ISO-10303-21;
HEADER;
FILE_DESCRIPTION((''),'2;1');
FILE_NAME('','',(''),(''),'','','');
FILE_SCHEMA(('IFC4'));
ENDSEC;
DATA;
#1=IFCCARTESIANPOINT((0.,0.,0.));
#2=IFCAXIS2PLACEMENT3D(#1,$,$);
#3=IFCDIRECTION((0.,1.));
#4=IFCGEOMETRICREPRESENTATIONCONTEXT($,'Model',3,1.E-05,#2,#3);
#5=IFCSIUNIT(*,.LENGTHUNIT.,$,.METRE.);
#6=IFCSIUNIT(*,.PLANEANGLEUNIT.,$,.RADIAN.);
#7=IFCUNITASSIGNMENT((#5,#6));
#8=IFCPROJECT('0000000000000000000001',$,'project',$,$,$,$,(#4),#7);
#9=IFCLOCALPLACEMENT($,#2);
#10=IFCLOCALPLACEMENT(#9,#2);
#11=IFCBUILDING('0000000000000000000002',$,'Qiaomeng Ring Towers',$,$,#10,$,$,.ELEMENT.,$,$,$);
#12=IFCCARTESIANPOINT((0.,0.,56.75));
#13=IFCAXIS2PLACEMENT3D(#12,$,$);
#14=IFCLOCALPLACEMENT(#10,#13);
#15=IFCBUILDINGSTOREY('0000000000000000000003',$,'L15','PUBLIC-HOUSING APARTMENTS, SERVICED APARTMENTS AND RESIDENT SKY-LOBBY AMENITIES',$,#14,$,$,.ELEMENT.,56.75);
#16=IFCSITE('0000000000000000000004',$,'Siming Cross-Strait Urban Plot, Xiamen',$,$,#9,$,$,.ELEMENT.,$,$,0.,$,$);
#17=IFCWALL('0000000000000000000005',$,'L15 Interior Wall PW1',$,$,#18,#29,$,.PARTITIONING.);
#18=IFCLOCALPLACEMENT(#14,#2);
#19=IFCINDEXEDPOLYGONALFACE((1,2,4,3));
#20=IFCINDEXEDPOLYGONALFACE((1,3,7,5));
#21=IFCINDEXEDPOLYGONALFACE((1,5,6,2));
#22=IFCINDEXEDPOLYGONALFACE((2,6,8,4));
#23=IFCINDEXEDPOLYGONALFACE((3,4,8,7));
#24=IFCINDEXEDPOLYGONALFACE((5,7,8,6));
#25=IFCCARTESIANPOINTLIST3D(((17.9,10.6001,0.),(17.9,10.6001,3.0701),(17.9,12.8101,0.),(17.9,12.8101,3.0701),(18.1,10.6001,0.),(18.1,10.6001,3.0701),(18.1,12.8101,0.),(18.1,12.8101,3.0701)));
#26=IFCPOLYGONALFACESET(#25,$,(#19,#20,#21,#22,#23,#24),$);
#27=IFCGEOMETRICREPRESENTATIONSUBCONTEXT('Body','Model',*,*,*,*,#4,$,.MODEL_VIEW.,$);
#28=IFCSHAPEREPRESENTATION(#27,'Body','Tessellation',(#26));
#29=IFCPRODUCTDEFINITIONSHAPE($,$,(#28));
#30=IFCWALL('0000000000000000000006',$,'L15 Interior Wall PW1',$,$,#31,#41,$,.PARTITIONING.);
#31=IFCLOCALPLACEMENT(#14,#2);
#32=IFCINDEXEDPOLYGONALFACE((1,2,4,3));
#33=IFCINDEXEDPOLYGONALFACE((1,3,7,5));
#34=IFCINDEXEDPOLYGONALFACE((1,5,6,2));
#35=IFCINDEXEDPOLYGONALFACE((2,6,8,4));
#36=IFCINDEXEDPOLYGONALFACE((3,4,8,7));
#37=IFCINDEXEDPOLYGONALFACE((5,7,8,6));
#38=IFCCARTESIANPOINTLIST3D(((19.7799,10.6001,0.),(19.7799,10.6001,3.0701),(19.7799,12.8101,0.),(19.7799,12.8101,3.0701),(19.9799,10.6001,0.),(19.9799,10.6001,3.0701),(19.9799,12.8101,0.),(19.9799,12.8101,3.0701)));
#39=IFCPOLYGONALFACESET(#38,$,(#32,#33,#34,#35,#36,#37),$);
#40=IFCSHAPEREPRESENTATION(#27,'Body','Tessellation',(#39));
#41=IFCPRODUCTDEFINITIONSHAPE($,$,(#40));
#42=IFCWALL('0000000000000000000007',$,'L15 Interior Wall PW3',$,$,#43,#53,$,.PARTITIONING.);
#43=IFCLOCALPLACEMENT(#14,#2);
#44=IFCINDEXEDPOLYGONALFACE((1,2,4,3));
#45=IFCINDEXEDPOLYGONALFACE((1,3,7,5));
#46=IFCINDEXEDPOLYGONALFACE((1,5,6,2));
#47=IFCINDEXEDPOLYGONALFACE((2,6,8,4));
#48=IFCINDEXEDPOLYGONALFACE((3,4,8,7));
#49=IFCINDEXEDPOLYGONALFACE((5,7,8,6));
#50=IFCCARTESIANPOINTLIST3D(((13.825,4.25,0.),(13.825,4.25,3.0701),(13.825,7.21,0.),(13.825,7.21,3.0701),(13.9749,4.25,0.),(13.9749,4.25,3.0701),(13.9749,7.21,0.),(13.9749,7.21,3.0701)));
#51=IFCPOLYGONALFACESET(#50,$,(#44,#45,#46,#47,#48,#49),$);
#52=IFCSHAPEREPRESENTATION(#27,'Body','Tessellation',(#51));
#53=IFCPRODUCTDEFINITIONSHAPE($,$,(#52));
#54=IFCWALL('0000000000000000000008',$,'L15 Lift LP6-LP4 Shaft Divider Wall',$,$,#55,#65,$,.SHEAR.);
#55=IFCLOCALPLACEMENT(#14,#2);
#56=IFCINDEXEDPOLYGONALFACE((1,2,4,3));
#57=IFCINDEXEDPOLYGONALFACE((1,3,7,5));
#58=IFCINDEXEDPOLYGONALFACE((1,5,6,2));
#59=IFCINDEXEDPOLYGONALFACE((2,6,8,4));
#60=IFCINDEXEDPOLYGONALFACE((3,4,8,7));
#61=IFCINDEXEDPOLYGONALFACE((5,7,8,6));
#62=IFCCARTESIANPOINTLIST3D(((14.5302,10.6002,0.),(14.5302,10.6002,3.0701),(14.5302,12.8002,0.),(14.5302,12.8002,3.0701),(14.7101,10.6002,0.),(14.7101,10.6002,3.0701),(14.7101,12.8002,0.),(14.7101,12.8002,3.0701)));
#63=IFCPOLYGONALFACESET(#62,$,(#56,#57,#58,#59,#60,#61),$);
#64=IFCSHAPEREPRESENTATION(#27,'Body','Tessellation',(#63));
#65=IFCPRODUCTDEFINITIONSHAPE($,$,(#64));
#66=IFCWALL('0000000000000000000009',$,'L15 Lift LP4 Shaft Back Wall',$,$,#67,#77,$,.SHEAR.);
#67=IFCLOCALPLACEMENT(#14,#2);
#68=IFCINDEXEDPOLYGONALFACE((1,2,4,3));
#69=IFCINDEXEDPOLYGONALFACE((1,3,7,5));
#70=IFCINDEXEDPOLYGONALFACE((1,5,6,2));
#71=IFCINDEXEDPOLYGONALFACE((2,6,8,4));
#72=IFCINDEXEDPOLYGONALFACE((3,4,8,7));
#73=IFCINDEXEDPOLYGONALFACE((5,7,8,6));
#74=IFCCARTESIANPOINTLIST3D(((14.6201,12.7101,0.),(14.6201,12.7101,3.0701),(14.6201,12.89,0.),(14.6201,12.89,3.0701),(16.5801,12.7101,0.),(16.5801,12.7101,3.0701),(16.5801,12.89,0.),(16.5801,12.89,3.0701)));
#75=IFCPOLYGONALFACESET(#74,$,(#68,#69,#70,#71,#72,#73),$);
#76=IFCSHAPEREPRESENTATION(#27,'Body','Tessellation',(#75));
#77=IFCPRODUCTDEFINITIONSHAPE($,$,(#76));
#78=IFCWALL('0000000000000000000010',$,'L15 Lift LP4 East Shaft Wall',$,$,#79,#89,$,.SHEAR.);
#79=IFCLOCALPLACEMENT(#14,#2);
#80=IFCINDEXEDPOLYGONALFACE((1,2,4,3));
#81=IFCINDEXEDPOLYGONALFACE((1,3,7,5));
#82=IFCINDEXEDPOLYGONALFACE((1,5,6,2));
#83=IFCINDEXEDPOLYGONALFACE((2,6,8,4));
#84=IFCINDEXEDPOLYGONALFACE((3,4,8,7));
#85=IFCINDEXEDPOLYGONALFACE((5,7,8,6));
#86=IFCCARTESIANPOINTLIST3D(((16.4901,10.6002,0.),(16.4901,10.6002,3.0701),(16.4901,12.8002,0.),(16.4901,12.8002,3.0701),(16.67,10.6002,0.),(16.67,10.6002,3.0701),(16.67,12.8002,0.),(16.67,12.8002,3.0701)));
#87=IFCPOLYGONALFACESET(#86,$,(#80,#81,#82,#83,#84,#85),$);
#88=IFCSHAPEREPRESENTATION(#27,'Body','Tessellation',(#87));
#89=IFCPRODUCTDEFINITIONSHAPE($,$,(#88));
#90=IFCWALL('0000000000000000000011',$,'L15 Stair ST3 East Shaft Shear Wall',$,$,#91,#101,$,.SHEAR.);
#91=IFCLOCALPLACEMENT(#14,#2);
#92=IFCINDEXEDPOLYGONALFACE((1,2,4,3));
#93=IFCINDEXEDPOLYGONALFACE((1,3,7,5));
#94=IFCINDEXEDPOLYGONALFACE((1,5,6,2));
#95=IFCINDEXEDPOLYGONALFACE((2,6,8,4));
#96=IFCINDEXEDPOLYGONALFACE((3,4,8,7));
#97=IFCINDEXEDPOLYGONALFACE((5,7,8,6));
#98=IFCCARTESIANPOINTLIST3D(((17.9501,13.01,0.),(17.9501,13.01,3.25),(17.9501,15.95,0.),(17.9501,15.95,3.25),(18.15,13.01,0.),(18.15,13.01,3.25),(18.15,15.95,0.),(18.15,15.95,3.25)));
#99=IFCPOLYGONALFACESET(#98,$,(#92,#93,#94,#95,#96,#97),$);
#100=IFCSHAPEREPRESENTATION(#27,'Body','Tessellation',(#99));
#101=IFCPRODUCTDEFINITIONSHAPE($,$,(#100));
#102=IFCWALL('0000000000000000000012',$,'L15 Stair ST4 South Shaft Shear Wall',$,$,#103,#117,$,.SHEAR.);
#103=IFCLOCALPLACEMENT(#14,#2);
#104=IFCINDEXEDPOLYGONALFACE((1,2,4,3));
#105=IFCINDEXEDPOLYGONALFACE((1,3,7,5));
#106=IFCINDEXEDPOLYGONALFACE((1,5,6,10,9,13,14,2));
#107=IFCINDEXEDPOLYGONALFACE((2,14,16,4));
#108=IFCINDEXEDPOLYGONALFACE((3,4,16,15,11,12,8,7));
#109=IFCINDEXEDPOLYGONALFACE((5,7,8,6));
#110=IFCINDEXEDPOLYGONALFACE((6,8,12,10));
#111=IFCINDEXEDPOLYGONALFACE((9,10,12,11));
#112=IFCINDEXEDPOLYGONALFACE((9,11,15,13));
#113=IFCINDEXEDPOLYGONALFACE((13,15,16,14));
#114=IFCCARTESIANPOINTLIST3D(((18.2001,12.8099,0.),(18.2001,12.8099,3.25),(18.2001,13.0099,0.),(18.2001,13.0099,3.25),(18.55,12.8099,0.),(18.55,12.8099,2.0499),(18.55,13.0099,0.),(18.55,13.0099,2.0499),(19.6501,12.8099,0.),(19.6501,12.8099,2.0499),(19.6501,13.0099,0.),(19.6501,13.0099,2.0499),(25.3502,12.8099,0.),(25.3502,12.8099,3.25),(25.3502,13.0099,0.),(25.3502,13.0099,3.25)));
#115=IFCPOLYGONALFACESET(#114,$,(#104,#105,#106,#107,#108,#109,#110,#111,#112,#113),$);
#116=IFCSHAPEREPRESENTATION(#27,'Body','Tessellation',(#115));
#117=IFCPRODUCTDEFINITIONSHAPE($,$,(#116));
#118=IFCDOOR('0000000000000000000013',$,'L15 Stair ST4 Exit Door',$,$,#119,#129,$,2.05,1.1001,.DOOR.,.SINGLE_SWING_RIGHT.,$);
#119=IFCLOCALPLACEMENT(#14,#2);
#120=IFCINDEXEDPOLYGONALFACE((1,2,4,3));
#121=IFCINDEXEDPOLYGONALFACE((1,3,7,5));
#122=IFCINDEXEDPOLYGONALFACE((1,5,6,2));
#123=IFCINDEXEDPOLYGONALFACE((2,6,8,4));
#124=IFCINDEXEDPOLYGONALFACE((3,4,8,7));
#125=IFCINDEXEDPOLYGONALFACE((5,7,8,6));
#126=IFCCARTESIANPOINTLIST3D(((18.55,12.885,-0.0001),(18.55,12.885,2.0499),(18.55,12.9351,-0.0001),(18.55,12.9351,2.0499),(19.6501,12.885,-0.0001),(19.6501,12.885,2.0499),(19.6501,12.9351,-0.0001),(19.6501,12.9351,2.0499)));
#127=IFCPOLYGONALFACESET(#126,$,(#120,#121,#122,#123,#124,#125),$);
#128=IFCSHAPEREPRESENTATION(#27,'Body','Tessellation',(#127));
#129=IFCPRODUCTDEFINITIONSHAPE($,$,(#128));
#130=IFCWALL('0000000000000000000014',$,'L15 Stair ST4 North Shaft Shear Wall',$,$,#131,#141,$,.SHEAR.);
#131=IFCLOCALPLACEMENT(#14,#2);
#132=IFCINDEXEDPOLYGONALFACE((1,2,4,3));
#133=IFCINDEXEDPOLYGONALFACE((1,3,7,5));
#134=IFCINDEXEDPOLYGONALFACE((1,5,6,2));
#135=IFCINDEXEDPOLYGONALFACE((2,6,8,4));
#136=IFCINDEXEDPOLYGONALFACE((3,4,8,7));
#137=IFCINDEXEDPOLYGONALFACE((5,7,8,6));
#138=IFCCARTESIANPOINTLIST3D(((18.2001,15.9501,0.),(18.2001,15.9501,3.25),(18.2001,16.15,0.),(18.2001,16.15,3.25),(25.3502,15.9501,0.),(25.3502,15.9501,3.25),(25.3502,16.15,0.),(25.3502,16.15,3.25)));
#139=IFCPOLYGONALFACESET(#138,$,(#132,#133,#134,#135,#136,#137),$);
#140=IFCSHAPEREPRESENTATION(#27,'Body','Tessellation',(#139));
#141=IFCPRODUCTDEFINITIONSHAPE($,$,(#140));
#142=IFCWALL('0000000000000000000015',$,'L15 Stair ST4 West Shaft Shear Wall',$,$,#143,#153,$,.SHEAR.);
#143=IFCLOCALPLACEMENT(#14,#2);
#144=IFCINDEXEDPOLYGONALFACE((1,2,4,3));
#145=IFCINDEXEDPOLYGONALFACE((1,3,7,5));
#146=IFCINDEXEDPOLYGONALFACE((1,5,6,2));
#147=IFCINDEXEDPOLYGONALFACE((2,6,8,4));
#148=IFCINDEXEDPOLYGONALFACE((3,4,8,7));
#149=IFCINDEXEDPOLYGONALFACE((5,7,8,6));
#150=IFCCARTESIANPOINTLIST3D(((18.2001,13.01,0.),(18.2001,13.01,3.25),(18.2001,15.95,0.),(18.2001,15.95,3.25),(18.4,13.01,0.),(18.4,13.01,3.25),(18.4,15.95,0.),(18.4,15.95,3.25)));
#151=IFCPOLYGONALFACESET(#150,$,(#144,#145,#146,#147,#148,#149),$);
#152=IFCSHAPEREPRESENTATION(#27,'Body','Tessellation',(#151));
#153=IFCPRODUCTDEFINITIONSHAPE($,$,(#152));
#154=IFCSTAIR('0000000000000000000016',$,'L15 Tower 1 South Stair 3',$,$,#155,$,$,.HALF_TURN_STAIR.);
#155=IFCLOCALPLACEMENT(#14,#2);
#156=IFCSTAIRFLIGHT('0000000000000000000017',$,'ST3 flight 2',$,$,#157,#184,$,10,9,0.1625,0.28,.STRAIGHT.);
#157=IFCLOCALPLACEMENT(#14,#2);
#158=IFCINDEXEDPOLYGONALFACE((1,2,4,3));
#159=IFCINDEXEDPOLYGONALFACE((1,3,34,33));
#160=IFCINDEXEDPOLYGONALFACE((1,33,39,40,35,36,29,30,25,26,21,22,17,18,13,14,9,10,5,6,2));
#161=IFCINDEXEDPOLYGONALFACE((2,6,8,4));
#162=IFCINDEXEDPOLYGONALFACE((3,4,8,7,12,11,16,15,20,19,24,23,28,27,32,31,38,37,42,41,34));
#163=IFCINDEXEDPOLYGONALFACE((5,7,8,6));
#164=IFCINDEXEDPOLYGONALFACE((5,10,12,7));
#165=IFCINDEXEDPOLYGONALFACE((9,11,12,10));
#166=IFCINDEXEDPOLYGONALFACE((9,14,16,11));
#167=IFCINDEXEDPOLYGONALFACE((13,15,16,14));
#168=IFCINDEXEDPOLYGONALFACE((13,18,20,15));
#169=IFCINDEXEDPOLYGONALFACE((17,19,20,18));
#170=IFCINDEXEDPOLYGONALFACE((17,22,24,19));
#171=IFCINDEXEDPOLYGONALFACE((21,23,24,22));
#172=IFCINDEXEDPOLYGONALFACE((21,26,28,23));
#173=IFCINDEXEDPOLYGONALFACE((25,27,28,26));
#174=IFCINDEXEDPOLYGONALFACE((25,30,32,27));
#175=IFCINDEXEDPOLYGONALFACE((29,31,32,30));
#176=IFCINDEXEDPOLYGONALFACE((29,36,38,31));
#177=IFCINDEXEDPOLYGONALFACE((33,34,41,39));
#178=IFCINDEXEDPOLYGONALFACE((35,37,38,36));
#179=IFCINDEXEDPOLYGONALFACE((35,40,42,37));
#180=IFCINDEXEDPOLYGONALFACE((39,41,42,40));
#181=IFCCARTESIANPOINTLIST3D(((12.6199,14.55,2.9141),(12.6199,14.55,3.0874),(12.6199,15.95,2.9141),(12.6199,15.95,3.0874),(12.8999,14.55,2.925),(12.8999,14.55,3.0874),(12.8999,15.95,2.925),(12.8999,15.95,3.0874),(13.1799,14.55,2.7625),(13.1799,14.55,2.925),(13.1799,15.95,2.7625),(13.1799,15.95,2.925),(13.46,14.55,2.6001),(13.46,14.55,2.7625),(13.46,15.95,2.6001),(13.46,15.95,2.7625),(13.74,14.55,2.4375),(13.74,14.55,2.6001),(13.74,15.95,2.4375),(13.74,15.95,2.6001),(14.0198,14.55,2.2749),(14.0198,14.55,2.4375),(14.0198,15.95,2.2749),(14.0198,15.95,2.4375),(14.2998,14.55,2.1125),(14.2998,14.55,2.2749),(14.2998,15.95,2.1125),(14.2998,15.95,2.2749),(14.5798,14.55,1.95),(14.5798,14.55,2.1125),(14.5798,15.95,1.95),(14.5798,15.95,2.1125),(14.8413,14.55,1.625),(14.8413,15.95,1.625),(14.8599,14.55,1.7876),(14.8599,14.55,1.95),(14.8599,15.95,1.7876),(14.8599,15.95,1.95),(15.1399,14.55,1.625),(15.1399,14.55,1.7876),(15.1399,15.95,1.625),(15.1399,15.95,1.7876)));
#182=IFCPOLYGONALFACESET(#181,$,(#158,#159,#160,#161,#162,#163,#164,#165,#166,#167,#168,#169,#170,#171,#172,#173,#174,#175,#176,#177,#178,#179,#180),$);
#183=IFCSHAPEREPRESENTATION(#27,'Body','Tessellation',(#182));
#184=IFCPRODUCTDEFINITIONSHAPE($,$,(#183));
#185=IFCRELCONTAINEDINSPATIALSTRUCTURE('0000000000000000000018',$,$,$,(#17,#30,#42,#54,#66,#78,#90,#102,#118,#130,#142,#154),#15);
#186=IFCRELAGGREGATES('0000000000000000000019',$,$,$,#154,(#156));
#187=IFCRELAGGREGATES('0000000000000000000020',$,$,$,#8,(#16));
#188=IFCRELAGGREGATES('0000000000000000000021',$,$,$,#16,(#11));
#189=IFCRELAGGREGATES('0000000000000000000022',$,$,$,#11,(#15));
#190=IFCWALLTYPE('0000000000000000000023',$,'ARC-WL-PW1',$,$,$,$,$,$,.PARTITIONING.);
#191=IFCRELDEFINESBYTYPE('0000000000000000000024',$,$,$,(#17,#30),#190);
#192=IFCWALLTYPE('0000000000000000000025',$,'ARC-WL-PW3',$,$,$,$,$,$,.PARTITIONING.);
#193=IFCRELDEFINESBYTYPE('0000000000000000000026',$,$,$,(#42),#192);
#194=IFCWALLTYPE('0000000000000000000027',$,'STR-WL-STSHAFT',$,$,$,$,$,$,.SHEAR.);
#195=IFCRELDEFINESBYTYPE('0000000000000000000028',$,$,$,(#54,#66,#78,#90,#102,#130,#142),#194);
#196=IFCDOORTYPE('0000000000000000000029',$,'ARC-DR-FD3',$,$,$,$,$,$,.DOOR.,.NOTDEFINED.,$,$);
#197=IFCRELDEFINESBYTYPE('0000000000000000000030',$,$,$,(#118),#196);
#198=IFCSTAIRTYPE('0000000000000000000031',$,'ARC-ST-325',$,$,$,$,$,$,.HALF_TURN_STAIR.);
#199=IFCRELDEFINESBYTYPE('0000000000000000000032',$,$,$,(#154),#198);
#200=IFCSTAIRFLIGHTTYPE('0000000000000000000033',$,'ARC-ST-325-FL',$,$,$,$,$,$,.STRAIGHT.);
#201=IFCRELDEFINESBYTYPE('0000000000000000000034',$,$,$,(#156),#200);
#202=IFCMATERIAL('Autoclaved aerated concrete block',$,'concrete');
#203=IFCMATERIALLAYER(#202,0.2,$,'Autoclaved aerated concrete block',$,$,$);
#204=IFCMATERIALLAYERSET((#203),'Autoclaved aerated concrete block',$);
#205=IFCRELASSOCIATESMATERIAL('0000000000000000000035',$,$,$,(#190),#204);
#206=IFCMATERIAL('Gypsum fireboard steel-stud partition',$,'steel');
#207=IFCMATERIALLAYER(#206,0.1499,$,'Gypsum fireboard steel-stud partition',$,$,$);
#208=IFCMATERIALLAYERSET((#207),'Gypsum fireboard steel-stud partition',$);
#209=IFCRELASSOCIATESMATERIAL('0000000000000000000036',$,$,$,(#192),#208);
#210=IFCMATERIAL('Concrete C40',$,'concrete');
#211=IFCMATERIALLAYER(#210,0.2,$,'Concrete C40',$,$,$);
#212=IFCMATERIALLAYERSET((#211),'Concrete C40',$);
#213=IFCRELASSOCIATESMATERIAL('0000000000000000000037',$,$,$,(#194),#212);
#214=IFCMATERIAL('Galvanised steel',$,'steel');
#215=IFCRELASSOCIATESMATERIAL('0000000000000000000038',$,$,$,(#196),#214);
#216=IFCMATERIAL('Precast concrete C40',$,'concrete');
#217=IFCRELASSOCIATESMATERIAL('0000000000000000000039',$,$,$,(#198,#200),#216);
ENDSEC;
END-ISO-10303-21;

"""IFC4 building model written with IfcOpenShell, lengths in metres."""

from ifc_helpers import new_model, si_unit, direction, frame, frame_2d, origin, place, context, subcontext, project, spatial, polyline, rectangle, outline, extrude, source, transform, mapped, material, layer, layer_set, type_object, element, fill, aggregate, save


model = new_model("IFC4")

# Units and contexts
model_context = context("Model", 3, precision=1e-05, world=origin(), true_north=direction((0.0, 1.0)))
body_context = subcontext(model_context, "Body", "Model", "MODEL_VIEW")
ifc_project = project(units=[si_unit("LENGTHUNIT", "METRE"), si_unit("PLANEANGLEUNIT", "RADIAN")], contexts=[model_context])

# Site, building, storey
site_placement = place(None, origin())
site = spatial("IfcSite", under=ifc_project, at=site_placement, Name="Siming Cross-Strait Urban Plot, Xiamen", CompositionType="ELEMENT", RefElevation=0.0)
building_placement = place(site_placement, origin())
building = spatial("IfcBuilding", under=site, at=building_placement, Name="Qiaomeng Ring Towers", CompositionType="ELEMENT")
storey_placement = place(building_placement, frame((0.0, 0.0, 56.75)))
storey = spatial("IfcBuildingStorey", under=building, at=storey_placement, Name="L15", Description="PUBLIC-HOUSING APARTMENTS, SERVICED APARTMENTS AND RESIDENT SKY-LOBBY AMENITIES", CompositionType="ELEMENT", Elevation=56.75)

# Walls
ifc_material_1 = material(Name="Autoclaved aerated concrete block", Category="concrete")
ifc_layer_1 = layer(ifc_material_1, 0.2, Name="Autoclaved aerated concrete block")
ifc_layer_set_1 = layer_set([ifc_layer_1], Name="Autoclaved aerated concrete block")
wall_type_1 = type_object("IfcWallType", Name="ARC-WL-PW1", PredefinedType="PARTITIONING", material=ifc_layer_set_1)
for number, where, z_axis, x_axis, name in (
    (1, (18.0, 10.6001, 0.0), (0.0, 0.0, 1.0), (0.0, 1.0, 0.0), "L15 Interior Wall PW1"),
    (2, (19.8799, 10.6001, 0.0), (0.0, 0.0, 1.0), (0.0, 1.0, 0.0), "L15 Interior Wall PW1"),
):
    element("IfcWall", number, at=place(storey_placement, frame(where, z_axis=z_axis, x_axis=x_axis)), inside=storey, type_object=wall_type_1, Name=name, PredefinedType="PARTITIONING", context=body_context, shape_type="SweptSolid", body=[
        extrude(rectangle(XDim=2.21, YDim=0.2, at=frame_2d((1.105, 0.0))), origin(), (0.0, 0.0, 1.0), 3.0701),
    ])
ifc_material_2 = material(Name="Gypsum fireboard steel-stud partition", Category="steel")
ifc_layer_2 = layer(ifc_material_2, 0.1499, Name="Gypsum fireboard steel-stud partition")
ifc_layer_set_2 = layer_set([ifc_layer_2], Name="Gypsum fireboard steel-stud partition")
wall_type_2 = type_object("IfcWallType", Name="ARC-WL-PW3", PredefinedType="PARTITIONING", material=ifc_layer_set_2)
wall_1_placement = place(storey_placement, frame((13.8999, 4.25, 0.0), z_axis=(0.0, 0.0, 1.0), x_axis=(0.0, 1.0, 0.0)))
element("IfcWall", 3, at=wall_1_placement, inside=storey, type_object=wall_type_2, Name="L15 Interior Wall PW3", PredefinedType="PARTITIONING", context=body_context, shape_type="SweptSolid", body=[
    extrude(rectangle(XDim=2.96, YDim=0.1499, at=frame_2d((1.48, 0.0))), origin(), (0.0, 0.0, 1.0), 3.0701),
])
ifc_material_3 = material(Name="Concrete C40", Category="concrete")
ifc_layer_3 = layer(ifc_material_3, 0.2, Name="Concrete C40")
ifc_layer_set_3 = layer_set([ifc_layer_3], Name="Concrete C40")
wall_type_3 = type_object("IfcWallType", Name="STR-WL-STSHAFT", PredefinedType="SHEAR", material=ifc_layer_set_3)
wall_2_placement = place(storey_placement, frame((14.6201, 10.6001, 0.0), z_axis=(0.0, 0.0, 1.0), x_axis=(0.0, 1.0, 0.0)))
element("IfcWall", 4, at=wall_2_placement, inside=storey, type_object=wall_type_3, Name="L15 Lift LP6-LP4 Shaft Divider Wall", PredefinedType="SHEAR", context=body_context, shape_type="SweptSolid", body=[
    extrude(rectangle(XDim=2.2, YDim=0.1799, at=frame_2d((1.1001, 0.0))), origin(), (0.0, 0.0, 1.0), 3.0701),
])
wall_3_placement = place(storey_placement, frame((14.6201, 12.8, 0.0), z_axis=(0.0, 0.0, 1.0), x_axis=(1.0, 0.0, 0.0)))
element("IfcWall", 5, at=wall_3_placement, inside=storey, type_object=wall_type_3, Name="L15 Lift LP4 Shaft Back Wall", PredefinedType="SHEAR", context=body_context, shape_type="SweptSolid", body=[
    extrude(rectangle(XDim=1.96, YDim=0.1799, at=frame_2d((0.98, 0.0))), origin(), (0.0, 0.0, 1.0), 3.0701),
])
wall_4_placement = place(storey_placement, frame((16.5801, 10.6001, 0.0), z_axis=(0.0, 0.0, 1.0), x_axis=(0.0, 1.0, 0.0)))
element("IfcWall", 6, at=wall_4_placement, inside=storey, type_object=wall_type_3, Name="L15 Lift LP4 East Shaft Wall", PredefinedType="SHEAR", context=body_context, shape_type="SweptSolid", body=[
    extrude(rectangle(XDim=2.2, YDim=0.1799, at=frame_2d((1.1001, 0.0))), origin(), (0.0, 0.0, 1.0), 3.0701),
])
wall_5_placement = place(storey_placement, frame((18.05, 13.01, 0.0), z_axis=(0.0, 0.0, 1.0), x_axis=(0.0, 1.0, 0.0)))
element("IfcWall", 7, at=wall_5_placement, inside=storey, type_object=wall_type_3, Name="L15 Stair ST3 East Shaft Shear Wall", PredefinedType="SHEAR", context=body_context, shape_type="SweptSolid", body=[
    extrude(rectangle(XDim=2.9399, YDim=0.2, at=frame_2d((1.47, 0.0))), origin(), (0.0, 0.0, 1.0), 3.25),
])

# Wall, opening, door
wall_6_placement = place(storey_placement, frame((18.2, 12.9099, 0.0), z_axis=(0.0, 0.0, 1.0), x_axis=(1.0, 0.0, 0.0)))
wall_6 = element("IfcWall", 8, at=wall_6_placement, inside=storey, type_object=wall_type_3, Name="L15 Stair ST4 South Shaft Shear Wall", PredefinedType="SHEAR", context=body_context, shape_type="SweptSolid", body=[
    extrude(rectangle(XDim=7.1501, YDim=0.2, at=frame_2d((3.5752, 0.0))), origin(), (0.0, 0.0, 1.0), 3.25),
])
opening_placement = place(wall_6_placement, frame((0.3501, 0.0, 0.0)))
opening = element("IfcOpeningElement", 9, at=opening_placement, cuts=wall_6, PredefinedType="OPENING", context=body_context, shape_type="SweptSolid", body=[
    extrude(rectangle(XDim=1.1001, YDim=2.05, at=frame_2d((0.55, 1.0249))), frame((0.0, 0.1099, 0.0), z_axis=(0.0, -1.0, 0.0), x_axis=(1.0, 0.0, 0.0)), (0.0, 0.0, 1.0), 0.22),
])
ifc_material_4 = material(Name="Galvanised steel", Category="steel")
door_type = type_object("IfcDoorType", Name="ARC-DR-FD3", OperationType="NOTDEFINED", PredefinedType="DOOR", material=ifc_material_4)
shared_shape_1 = source(origin(), body_context, "Body", "SweptSolid", [
    extrude(rectangle(XDim=1.1001, YDim=2.05, at=frame_2d((0.55, 1.0249))), frame((0.0, 0.0249, 0.0), z_axis=(0.0, -1.0, 0.0), x_axis=(1.0, 0.0, 0.0)), (0.0, 0.0, 1.0), 0.05),
])
door_placement = place(opening_placement, frame((1.1001, 0.0, 0.0), z_axis=(0.0, 0.0, 1.0), x_axis=(-1.0, 0.0, 0.0)))
door = element("IfcDoor", 10, at=door_placement, inside=storey, type_object=door_type, Name="L15 Stair ST4 Exit Door", OperationType="SINGLE_SWING_RIGHT", OverallHeight=2.05, OverallWidth=1.1001, PredefinedType="DOOR", context=body_context, shape_type="MappedRepresentation", body=[
    mapped(shared_shape_1, transform((0.0, 0.0, 0.0), x_axis=(1.0, 0.0, 0.0), y_axis=(0.0, 1.0, 0.0), z_axis=(0.0, 0.0, 1.0), scale=1.0)),
])
fill(opening, door)

# Walls
wall_7_placement = place(storey_placement, frame((18.2, 16.05, 0.0), z_axis=(0.0, 0.0, 1.0), x_axis=(1.0, 0.0, 0.0)))
element("IfcWall", 11, at=wall_7_placement, inside=storey, type_object=wall_type_3, Name="L15 Stair ST4 North Shaft Shear Wall", PredefinedType="SHEAR", context=body_context, shape_type="SweptSolid", body=[
    extrude(rectangle(XDim=7.1501, YDim=0.2, at=frame_2d((3.5752, 0.0))), origin(), (0.0, 0.0, 1.0), 3.25),
])
wall_8_placement = place(storey_placement, frame((18.3, 13.01, 0.0), z_axis=(0.0, 0.0, 1.0), x_axis=(0.0, 1.0, 0.0)))
element("IfcWall", 12, at=wall_8_placement, inside=storey, type_object=wall_type_3, Name="L15 Stair ST4 West Shaft Shear Wall", PredefinedType="SHEAR", context=body_context, shape_type="SweptSolid", body=[
    extrude(rectangle(XDim=2.9399, YDim=0.2, at=frame_2d((1.47, 0.0))), origin(), (0.0, 0.0, 1.0), 3.25),
])

# Stair, stair flight
ifc_material_5 = material(Name="Precast concrete C40", Category="concrete")
stair_type = type_object("IfcStairType", Name="ARC-ST-325", PredefinedType="HALF_TURN_STAIR", material=ifc_material_5)
stair_1_placement = place(storey_placement, origin())
stair_1 = element("IfcStair", 13, at=stair_1_placement, inside=storey, type_object=stair_type, Name="L15 Tower 1 South Stair 3", PredefinedType="HALF_TURN_STAIR")
stair_flight_type = type_object("IfcStairFlightType", Name="ARC-ST-325-FL", PredefinedType="STRAIGHT", material=ifc_material_5)
shared_shape_2 = source(origin(), body_context, "Body", "SweptSolid", [
    extrude(outline(polyline([(0.0, 0.0), (0.0, 0.1626), (0.28, 0.1626), (0.28, 0.325), (0.5601, 0.325), (0.5601, 0.4875), (0.8401, 0.4875), (0.8401, 0.6499), (1.1201, 0.6499), (1.1201, 0.8125), (1.3999, 0.8125), (1.3999, 0.9751), (1.6799, 0.9751), (1.6799, 1.1375), (1.96, 1.1375), (1.96, 1.3), (2.24, 1.3), (2.24, 1.4624), (2.52, 1.4624), (2.52, 1.625), (2.52, 1.2891), (0.2986, 0.0), (0.0, 0.0)])), frame((0.0, 0.7, 0.0), z_axis=(0.0, -1.0, 0.0), x_axis=(1.0, 0.0, 0.0)), (0.0, 0.0, 1.0), 1.3999),
])
stair_flight_1_placement = place(storey_placement, frame((15.1399, 15.25, 1.625), z_axis=(0.0, 0.0, 1.0), x_axis=(-1.0, 0.0, 0.0)))
stair_flight_1 = element("IfcStairFlight", 14, at=stair_flight_1_placement, type_object=stair_flight_type, Name="ST3 flight 2", NumberOfRisers=10, NumberOfTreads=9, PredefinedType="STRAIGHT", RiserHeight=0.1625, TreadLength=0.28, context=body_context, shape_type="MappedRepresentation", body=[
    mapped(shared_shape_2, transform((0.0, 0.0, 0.0), x_axis=(1.0, 0.0, 0.0), y_axis=(0.0, 1.0, 0.0), z_axis=(0.0, 0.0, 1.0), scale=1.0)),
])
aggregate(stair_1, [stair_flight_1])

save(model, "model.ifc")
